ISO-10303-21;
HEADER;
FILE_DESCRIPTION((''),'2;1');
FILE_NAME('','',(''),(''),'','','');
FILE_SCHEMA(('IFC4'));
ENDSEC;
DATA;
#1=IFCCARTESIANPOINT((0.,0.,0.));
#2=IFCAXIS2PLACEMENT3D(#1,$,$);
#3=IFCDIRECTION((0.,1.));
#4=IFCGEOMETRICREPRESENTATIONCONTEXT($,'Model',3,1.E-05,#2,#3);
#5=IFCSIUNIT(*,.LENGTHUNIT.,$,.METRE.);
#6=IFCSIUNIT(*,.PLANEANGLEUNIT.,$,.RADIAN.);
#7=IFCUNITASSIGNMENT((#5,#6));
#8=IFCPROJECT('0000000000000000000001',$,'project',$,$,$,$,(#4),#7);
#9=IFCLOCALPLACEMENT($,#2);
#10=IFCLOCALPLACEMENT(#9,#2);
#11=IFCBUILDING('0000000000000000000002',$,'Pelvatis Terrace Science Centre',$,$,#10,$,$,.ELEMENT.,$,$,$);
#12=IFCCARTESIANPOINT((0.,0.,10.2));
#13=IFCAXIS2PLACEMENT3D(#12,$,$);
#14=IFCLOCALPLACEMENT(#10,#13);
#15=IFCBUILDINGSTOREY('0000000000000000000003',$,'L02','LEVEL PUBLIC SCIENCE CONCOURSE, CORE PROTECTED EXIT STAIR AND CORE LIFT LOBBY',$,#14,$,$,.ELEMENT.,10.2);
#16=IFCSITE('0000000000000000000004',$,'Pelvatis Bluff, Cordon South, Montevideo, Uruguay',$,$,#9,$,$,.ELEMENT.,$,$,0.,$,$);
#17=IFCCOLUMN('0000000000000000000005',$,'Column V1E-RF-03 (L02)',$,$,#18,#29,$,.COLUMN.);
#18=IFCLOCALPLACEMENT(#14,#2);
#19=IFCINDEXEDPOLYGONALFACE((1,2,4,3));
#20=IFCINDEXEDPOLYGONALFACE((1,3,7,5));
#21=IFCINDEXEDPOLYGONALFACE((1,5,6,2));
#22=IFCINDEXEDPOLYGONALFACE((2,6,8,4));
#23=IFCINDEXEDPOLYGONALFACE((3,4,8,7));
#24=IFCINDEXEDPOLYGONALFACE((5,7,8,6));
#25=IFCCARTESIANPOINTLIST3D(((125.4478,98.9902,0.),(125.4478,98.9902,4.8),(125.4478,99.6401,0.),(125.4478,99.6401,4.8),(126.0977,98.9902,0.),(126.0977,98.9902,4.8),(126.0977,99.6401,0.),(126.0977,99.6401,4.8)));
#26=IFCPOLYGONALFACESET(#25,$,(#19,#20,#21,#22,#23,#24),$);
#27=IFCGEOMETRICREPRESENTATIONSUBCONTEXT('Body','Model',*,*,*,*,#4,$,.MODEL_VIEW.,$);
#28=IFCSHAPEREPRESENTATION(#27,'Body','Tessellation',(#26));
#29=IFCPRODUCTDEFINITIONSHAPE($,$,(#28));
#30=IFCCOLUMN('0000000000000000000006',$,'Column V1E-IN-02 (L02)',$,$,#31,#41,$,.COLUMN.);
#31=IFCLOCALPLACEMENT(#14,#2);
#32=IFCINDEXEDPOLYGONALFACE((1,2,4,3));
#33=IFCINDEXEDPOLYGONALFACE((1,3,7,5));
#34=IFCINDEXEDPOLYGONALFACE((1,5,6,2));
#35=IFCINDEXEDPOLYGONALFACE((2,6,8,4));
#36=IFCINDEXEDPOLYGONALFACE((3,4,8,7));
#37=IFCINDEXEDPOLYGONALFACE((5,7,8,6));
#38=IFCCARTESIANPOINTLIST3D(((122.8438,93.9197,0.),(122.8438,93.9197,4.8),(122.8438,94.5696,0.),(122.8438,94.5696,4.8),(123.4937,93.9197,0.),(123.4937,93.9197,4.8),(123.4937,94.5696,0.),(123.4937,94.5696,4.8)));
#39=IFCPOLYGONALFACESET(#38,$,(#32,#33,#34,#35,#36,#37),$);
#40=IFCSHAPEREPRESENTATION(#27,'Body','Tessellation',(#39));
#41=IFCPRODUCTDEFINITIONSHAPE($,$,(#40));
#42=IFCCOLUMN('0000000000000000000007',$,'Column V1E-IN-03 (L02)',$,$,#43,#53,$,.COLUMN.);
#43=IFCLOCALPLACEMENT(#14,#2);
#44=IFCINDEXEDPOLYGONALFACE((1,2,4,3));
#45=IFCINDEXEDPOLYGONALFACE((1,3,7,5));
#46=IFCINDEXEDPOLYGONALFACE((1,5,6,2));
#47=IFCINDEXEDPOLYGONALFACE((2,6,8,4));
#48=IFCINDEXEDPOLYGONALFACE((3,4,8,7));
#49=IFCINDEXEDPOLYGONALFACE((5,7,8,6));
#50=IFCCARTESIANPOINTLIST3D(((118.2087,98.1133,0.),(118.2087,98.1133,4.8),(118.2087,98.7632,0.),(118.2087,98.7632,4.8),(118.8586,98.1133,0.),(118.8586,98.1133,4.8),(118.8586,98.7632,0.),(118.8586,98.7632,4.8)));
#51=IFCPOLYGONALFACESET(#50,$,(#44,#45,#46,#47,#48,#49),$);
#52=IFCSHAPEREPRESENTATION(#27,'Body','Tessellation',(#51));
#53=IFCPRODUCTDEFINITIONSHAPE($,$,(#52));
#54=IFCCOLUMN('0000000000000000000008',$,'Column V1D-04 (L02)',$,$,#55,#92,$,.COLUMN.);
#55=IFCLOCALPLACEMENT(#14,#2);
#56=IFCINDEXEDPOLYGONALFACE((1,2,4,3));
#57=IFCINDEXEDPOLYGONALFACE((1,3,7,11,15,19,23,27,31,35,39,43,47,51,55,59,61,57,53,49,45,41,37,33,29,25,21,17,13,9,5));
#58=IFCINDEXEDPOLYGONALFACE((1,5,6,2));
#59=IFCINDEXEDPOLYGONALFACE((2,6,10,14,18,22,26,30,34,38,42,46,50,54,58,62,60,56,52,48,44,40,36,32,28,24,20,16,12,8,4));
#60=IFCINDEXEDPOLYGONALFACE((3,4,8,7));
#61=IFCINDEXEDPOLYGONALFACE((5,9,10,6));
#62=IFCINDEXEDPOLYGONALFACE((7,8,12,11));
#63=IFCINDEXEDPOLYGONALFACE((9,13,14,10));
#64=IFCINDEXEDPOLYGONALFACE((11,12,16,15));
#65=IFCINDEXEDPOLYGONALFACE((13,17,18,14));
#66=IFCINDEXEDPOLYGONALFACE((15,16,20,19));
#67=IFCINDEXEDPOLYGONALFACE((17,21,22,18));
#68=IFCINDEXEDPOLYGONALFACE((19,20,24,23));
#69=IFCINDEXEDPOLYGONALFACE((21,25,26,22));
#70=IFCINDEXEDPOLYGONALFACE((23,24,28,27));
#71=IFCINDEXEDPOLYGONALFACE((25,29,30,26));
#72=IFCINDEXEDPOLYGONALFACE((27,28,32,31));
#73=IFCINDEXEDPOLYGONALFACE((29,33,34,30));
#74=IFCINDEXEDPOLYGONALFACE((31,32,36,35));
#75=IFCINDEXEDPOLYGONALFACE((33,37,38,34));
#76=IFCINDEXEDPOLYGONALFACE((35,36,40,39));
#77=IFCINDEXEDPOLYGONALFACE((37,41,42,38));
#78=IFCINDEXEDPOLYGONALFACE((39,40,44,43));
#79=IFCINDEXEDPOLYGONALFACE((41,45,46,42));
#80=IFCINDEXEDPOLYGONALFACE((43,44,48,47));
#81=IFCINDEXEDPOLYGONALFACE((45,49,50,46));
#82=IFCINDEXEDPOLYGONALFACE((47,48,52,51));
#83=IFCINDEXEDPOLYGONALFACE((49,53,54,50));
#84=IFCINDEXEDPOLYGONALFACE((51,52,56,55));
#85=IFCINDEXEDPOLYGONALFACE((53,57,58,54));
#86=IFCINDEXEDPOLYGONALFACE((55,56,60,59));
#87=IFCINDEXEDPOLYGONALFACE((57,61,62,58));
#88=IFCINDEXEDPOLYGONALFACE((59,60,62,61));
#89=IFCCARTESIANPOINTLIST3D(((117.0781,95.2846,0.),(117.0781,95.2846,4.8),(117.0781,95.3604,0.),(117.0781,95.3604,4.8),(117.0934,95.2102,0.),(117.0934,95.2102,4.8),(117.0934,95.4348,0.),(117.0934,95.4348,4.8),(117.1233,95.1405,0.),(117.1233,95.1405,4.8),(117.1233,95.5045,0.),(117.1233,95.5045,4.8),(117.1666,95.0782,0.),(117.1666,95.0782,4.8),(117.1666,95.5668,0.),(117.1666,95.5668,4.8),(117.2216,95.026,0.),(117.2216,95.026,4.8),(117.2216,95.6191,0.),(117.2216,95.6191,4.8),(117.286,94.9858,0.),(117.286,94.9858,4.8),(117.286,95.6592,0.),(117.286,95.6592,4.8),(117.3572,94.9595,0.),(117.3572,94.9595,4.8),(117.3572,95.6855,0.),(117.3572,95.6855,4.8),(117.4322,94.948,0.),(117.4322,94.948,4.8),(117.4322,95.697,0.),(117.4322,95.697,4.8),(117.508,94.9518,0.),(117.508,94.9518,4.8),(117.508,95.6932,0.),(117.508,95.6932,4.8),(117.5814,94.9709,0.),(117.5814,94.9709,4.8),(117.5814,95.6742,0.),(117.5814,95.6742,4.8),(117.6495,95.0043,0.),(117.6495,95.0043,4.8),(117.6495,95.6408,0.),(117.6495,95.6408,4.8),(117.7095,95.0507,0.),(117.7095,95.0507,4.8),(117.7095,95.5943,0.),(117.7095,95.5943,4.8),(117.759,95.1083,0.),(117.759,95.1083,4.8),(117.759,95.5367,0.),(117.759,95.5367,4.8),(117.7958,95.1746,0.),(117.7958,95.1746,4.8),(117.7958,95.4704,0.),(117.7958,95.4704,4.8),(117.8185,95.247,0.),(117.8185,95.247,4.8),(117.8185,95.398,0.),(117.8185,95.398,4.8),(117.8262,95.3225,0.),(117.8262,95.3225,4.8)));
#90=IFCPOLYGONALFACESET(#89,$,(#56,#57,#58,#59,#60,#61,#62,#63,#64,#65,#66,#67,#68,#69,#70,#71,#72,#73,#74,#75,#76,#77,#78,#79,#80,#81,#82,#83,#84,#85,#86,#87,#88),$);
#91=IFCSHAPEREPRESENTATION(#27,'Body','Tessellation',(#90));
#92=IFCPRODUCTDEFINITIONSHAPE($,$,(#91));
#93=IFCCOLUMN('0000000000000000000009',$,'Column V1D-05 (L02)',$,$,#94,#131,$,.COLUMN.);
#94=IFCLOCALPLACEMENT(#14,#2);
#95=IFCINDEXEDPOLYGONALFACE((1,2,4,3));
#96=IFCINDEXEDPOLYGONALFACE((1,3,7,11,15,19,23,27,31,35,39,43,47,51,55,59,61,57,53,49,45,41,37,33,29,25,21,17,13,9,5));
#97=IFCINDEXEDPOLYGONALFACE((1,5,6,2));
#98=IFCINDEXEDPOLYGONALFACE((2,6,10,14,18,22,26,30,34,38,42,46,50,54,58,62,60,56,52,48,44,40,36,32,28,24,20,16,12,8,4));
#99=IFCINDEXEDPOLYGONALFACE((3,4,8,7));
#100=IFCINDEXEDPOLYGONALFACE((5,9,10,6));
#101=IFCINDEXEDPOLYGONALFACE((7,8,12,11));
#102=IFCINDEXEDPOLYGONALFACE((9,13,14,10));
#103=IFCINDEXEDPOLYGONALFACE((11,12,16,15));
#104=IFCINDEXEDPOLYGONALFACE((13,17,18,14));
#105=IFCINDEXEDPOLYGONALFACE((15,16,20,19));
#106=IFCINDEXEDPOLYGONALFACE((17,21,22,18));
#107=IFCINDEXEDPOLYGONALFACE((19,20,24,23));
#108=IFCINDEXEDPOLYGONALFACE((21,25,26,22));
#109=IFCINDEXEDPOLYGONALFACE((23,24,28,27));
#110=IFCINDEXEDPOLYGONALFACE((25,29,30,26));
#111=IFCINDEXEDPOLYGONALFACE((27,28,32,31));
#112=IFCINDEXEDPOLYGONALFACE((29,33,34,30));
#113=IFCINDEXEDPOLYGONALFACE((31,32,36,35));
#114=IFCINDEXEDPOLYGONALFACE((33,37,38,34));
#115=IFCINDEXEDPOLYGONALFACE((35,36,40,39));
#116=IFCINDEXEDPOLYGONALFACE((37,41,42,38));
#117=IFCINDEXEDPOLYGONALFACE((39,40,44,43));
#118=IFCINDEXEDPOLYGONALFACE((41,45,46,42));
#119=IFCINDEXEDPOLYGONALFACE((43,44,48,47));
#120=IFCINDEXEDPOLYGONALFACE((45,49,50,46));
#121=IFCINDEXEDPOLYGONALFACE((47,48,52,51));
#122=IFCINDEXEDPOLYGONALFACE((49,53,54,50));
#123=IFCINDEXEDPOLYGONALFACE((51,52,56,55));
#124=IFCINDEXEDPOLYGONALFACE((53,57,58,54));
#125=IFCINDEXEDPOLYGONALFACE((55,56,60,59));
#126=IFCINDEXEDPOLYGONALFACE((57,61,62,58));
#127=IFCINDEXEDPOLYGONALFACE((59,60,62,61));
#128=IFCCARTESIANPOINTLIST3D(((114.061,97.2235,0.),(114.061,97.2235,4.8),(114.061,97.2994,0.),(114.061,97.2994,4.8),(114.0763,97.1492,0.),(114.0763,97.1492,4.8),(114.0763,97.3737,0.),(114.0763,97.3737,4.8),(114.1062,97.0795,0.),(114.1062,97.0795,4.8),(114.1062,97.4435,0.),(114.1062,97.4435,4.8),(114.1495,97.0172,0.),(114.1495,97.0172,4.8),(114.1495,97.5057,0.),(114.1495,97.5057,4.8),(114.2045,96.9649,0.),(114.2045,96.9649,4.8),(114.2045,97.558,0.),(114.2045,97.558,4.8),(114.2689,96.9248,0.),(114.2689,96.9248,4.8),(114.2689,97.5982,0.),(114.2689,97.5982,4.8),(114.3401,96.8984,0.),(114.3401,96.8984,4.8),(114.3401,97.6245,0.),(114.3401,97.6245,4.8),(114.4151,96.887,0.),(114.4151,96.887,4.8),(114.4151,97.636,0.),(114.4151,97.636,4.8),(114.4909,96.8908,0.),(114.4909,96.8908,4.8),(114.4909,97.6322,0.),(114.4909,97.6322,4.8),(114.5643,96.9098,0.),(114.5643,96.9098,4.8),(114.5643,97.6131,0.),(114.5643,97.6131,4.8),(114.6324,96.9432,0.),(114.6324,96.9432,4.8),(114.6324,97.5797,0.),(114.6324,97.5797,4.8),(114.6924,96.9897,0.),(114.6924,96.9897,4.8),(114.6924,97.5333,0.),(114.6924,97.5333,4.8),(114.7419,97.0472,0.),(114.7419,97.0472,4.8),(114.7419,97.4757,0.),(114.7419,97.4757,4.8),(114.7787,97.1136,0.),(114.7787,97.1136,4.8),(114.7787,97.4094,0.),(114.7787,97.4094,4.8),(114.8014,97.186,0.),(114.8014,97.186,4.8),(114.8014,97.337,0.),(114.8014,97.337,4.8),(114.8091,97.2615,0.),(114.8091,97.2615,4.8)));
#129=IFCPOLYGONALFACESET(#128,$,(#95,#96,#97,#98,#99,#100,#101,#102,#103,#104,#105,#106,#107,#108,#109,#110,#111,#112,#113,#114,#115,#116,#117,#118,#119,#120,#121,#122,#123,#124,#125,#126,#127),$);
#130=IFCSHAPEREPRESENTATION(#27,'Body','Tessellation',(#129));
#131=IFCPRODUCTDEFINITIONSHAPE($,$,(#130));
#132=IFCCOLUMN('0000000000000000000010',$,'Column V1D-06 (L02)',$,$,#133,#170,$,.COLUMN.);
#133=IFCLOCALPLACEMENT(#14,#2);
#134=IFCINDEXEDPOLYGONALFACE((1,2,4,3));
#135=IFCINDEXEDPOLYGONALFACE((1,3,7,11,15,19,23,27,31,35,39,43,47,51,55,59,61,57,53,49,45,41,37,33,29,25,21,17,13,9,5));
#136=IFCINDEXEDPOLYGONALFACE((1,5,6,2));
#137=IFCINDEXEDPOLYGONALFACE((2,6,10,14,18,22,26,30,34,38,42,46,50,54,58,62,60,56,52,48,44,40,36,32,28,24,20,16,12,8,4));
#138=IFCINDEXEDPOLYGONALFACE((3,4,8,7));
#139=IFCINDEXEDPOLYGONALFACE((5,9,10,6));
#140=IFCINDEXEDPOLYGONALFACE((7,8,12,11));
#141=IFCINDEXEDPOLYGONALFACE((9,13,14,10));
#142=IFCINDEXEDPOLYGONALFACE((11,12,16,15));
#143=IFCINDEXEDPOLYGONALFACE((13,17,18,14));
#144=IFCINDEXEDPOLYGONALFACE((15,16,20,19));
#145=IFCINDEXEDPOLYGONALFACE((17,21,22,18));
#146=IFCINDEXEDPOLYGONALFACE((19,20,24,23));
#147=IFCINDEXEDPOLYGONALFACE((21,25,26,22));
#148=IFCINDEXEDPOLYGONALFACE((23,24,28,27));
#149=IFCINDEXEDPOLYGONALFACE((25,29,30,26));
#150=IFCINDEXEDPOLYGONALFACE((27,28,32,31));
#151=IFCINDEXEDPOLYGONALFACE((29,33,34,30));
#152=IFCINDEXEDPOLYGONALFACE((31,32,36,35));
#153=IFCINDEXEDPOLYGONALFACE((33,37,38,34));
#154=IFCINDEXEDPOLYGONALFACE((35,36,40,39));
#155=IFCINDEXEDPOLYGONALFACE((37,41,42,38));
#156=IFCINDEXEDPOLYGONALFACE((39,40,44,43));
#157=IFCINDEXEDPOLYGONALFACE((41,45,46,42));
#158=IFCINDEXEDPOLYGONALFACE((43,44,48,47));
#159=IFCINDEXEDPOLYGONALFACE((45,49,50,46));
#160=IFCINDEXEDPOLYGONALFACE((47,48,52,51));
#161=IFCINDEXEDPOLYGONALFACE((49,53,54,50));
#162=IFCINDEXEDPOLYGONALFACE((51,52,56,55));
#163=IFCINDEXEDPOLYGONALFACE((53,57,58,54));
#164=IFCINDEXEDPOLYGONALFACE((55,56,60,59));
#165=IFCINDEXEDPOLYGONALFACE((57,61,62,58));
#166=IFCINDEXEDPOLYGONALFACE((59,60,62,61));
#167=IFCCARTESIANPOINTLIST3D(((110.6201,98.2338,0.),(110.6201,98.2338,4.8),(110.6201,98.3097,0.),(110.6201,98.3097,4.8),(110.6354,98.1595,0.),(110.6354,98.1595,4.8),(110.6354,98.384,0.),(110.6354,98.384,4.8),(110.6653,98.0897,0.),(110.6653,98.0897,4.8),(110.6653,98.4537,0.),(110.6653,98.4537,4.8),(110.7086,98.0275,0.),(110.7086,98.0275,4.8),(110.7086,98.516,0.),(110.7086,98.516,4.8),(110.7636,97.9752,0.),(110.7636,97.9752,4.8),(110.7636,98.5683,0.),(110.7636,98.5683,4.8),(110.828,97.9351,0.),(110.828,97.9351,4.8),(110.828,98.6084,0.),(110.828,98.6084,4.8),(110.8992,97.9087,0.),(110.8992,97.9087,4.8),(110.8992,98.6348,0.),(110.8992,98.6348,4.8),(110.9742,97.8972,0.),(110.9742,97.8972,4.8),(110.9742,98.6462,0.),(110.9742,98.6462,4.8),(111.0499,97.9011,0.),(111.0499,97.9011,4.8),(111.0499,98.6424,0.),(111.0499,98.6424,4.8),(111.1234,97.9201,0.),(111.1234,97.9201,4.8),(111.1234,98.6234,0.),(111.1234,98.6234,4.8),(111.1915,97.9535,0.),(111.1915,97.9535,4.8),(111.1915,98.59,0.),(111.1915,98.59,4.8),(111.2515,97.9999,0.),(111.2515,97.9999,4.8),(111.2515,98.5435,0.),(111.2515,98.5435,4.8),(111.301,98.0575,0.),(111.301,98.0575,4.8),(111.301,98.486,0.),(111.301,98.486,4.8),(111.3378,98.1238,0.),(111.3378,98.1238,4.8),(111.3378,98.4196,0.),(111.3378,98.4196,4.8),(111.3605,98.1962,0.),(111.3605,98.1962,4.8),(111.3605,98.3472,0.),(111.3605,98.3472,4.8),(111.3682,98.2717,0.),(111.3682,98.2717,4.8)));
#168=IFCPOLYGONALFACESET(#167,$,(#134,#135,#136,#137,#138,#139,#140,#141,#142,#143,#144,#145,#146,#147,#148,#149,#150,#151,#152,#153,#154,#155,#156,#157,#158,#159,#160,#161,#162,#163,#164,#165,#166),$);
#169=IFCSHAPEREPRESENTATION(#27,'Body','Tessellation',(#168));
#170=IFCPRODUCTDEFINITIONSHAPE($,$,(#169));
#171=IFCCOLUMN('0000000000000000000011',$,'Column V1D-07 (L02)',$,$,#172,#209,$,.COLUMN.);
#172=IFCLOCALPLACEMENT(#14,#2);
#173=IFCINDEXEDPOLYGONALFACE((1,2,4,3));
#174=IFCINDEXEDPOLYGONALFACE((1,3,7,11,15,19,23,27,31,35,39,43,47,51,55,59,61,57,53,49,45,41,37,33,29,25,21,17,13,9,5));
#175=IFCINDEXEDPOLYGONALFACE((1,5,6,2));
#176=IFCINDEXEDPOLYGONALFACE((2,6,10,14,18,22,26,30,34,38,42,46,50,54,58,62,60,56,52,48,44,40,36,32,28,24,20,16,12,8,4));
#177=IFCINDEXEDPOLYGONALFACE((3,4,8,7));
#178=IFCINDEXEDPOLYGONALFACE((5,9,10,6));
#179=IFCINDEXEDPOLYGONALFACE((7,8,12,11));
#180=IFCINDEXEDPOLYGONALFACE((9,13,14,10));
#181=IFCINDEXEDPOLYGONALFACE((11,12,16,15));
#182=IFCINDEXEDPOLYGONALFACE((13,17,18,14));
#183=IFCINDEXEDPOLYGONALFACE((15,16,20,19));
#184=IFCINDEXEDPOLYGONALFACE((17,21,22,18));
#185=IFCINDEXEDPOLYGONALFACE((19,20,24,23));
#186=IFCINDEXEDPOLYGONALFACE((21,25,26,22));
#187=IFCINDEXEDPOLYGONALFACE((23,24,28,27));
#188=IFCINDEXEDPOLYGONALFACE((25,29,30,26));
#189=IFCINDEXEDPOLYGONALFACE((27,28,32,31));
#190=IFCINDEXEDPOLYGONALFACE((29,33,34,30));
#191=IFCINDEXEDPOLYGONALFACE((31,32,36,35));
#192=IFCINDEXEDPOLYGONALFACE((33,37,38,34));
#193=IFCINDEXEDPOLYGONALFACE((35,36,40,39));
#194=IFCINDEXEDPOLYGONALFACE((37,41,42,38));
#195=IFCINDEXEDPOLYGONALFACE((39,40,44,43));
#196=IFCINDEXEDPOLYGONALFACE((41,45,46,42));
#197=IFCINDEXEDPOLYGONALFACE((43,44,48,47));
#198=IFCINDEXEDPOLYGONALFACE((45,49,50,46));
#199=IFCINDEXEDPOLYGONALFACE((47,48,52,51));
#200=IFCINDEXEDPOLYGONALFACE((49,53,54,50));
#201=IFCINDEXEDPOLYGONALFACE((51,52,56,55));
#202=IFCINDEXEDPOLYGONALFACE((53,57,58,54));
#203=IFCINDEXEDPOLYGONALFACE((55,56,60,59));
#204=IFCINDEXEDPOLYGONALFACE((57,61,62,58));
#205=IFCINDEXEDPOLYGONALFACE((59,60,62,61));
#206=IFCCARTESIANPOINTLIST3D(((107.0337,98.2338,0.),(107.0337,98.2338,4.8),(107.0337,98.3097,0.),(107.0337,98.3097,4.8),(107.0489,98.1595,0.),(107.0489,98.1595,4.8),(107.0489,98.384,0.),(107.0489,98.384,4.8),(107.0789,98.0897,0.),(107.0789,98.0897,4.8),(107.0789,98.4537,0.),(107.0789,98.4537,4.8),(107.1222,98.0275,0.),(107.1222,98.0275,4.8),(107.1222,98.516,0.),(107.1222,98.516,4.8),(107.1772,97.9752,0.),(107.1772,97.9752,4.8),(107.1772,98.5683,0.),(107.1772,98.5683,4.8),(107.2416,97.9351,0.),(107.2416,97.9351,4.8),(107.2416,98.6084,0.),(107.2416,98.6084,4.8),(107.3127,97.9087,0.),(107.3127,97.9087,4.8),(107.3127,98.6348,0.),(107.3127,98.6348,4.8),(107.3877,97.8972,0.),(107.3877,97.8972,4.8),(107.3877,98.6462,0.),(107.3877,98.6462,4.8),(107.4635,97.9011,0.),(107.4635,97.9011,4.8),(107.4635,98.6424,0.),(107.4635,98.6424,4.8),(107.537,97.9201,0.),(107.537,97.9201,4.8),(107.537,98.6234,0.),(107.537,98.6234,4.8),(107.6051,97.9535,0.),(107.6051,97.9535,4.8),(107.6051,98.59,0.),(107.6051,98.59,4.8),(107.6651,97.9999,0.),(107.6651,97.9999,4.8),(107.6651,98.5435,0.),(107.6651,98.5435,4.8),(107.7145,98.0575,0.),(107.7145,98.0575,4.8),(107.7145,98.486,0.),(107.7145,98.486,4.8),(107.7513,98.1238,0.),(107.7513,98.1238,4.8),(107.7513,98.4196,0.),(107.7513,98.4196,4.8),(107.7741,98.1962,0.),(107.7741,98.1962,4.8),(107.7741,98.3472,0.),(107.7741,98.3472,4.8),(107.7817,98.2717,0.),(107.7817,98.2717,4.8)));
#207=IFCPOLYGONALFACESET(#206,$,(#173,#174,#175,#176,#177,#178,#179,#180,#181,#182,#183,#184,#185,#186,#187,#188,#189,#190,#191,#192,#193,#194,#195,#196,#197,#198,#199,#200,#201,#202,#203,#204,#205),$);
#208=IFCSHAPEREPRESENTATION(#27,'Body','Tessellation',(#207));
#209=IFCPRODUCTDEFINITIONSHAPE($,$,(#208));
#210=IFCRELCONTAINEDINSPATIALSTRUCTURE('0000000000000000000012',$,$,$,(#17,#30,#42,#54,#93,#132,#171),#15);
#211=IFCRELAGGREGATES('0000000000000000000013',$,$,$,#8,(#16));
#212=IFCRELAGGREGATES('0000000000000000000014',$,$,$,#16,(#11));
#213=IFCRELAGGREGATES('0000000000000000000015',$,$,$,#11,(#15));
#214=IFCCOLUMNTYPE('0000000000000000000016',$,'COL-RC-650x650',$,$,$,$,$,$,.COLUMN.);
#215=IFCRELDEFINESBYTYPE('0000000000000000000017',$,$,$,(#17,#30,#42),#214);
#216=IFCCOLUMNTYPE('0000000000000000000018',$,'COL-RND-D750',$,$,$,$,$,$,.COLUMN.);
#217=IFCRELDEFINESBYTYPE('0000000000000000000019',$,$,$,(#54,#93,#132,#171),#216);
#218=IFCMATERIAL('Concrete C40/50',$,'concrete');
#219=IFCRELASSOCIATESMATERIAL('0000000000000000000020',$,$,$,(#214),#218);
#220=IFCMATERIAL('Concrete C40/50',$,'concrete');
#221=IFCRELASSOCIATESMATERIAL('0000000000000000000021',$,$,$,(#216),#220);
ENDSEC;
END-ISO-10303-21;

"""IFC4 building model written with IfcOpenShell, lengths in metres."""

from ifc_helpers import new_model, si_unit, direction, frame, origin, origin_2d, place, context, subcontext, project, spatial, rectangle, circle, extrude, material, material_profile, profile_set, type_object, element, save


model = new_model("IFC4")

# Units and contexts
model_context = context("Model", 3, precision=1e-05, world=origin(), true_north=direction((0.0, 1.0)))
body_context = subcontext(model_context, "Body", "Model", "MODEL_VIEW")
ifc_project = project(units=[si_unit("LENGTHUNIT", "METRE"), si_unit("PLANEANGLEUNIT", "RADIAN")], contexts=[model_context])

# Site, building, storey
site_placement = place(None, origin())
site = spatial("IfcSite", under=ifc_project, at=site_placement, Name="Pelvatis Bluff, Cordon South, Montevideo, Uruguay", CompositionType="ELEMENT", RefElevation=0.0)
building_placement = place(site_placement, origin())
building = spatial("IfcBuilding", under=site, at=building_placement, Name="Pelvatis Terrace Science Centre", CompositionType="ELEMENT")
storey_placement = place(building_placement, frame((0.0, 0.0, 10.2)))
storey = spatial("IfcBuildingStorey", under=building, at=storey_placement, Name="L02", Description="LEVEL PUBLIC SCIENCE CONCOURSE, CORE PROTECTED EXIT STAIR AND CORE LIFT LOBBY", CompositionType="ELEMENT", Elevation=10.2)

# Columns
ifc_material_1 = material(Name="Concrete C40/50", Category="concrete")
ifc_material_profile_1 = material_profile(ifc_material_1, rectangle(XDim=0.6499, YDim=0.6499, at=origin_2d()), Name="RC-COL 650x650")
ifc_profile_set_1 = profile_set([ifc_material_profile_1], Name="Concrete C40/50")
column_type_1 = type_object("IfcColumnType", Name="COL-RC-650x650", PredefinedType="COLUMN", material=ifc_profile_set_1)
for number, where, z_axis, x_axis, name in (
    (1, (125.7727, 99.3152, 0.0), (0.0, 0.0, 1.0), (1.0, 0.0, 0.0), "Column V1E-RF-03 (L02)"),
    (2, (123.1687, 94.2446, 0.0), (0.0, 0.0, 1.0), (1.0, 0.0, 0.0), "Column V1E-IN-02 (L02)"),
    (3, (118.5337, 98.4382, 0.0), (0.0, 0.0, 1.0), (1.0, 0.0, 0.0), "Column V1E-IN-03 (L02)"),
):
    element("IfcColumn", number, at=place(storey_placement, frame(where, z_axis=z_axis, x_axis=x_axis)), inside=storey, type_object=column_type_1, Name=name, PredefinedType="COLUMN", context=body_context, shape_type="SweptSolid", body=[
        extrude(rectangle(XDim=0.6499, YDim=0.6499, at=origin_2d()), origin(), (0.0, 0.0, 1.0), 4.8),
    ])
ifc_material_2 = material(Name="Concrete C40/50", Category="concrete")
ifc_material_profile_2 = material_profile(ifc_material_2, circle(Radius=0.375, at=origin_2d()), Name="RC-RCOL D750")
ifc_profile_set_2 = profile_set([ifc_material_profile_2], Name="Concrete C40/50")
column_type_2 = type_object("IfcColumnType", Name="COL-RND-D750", PredefinedType="COLUMN", material=ifc_profile_set_2)
for number, where, z_axis, x_axis, name in (
    (4, (117.4512, 95.3225, 0.0), (0.0, 0.0, 1.0), (1.0, 0.0, 0.0), "Column V1D-04 (L02)"),
    (5, (114.4341, 97.2615, 0.0), (0.0, 0.0, 1.0), (1.0, 0.0, 0.0), "Column V1D-05 (L02)"),
    (6, (110.9932, 98.2717, 0.0), (0.0, 0.0, 1.0), (1.0, 0.0, 0.0), "Column V1D-06 (L02)"),
    (7, (107.4067, 98.2717, 0.0), (0.0, 0.0, 1.0), (1.0, 0.0, 0.0), "Column V1D-07 (L02)"),
):
    element("IfcColumn", number, at=place(storey_placement, frame(where, z_axis=z_axis, x_axis=x_axis)), inside=storey, type_object=column_type_2, Name=name, PredefinedType="COLUMN", context=body_context, shape_type="SweptSolid", body=[
        extrude(circle(Radius=0.375, at=origin_2d()), origin(), (0.0, 0.0, 1.0), 4.8),
    ])

save(model, "model.ifc")
